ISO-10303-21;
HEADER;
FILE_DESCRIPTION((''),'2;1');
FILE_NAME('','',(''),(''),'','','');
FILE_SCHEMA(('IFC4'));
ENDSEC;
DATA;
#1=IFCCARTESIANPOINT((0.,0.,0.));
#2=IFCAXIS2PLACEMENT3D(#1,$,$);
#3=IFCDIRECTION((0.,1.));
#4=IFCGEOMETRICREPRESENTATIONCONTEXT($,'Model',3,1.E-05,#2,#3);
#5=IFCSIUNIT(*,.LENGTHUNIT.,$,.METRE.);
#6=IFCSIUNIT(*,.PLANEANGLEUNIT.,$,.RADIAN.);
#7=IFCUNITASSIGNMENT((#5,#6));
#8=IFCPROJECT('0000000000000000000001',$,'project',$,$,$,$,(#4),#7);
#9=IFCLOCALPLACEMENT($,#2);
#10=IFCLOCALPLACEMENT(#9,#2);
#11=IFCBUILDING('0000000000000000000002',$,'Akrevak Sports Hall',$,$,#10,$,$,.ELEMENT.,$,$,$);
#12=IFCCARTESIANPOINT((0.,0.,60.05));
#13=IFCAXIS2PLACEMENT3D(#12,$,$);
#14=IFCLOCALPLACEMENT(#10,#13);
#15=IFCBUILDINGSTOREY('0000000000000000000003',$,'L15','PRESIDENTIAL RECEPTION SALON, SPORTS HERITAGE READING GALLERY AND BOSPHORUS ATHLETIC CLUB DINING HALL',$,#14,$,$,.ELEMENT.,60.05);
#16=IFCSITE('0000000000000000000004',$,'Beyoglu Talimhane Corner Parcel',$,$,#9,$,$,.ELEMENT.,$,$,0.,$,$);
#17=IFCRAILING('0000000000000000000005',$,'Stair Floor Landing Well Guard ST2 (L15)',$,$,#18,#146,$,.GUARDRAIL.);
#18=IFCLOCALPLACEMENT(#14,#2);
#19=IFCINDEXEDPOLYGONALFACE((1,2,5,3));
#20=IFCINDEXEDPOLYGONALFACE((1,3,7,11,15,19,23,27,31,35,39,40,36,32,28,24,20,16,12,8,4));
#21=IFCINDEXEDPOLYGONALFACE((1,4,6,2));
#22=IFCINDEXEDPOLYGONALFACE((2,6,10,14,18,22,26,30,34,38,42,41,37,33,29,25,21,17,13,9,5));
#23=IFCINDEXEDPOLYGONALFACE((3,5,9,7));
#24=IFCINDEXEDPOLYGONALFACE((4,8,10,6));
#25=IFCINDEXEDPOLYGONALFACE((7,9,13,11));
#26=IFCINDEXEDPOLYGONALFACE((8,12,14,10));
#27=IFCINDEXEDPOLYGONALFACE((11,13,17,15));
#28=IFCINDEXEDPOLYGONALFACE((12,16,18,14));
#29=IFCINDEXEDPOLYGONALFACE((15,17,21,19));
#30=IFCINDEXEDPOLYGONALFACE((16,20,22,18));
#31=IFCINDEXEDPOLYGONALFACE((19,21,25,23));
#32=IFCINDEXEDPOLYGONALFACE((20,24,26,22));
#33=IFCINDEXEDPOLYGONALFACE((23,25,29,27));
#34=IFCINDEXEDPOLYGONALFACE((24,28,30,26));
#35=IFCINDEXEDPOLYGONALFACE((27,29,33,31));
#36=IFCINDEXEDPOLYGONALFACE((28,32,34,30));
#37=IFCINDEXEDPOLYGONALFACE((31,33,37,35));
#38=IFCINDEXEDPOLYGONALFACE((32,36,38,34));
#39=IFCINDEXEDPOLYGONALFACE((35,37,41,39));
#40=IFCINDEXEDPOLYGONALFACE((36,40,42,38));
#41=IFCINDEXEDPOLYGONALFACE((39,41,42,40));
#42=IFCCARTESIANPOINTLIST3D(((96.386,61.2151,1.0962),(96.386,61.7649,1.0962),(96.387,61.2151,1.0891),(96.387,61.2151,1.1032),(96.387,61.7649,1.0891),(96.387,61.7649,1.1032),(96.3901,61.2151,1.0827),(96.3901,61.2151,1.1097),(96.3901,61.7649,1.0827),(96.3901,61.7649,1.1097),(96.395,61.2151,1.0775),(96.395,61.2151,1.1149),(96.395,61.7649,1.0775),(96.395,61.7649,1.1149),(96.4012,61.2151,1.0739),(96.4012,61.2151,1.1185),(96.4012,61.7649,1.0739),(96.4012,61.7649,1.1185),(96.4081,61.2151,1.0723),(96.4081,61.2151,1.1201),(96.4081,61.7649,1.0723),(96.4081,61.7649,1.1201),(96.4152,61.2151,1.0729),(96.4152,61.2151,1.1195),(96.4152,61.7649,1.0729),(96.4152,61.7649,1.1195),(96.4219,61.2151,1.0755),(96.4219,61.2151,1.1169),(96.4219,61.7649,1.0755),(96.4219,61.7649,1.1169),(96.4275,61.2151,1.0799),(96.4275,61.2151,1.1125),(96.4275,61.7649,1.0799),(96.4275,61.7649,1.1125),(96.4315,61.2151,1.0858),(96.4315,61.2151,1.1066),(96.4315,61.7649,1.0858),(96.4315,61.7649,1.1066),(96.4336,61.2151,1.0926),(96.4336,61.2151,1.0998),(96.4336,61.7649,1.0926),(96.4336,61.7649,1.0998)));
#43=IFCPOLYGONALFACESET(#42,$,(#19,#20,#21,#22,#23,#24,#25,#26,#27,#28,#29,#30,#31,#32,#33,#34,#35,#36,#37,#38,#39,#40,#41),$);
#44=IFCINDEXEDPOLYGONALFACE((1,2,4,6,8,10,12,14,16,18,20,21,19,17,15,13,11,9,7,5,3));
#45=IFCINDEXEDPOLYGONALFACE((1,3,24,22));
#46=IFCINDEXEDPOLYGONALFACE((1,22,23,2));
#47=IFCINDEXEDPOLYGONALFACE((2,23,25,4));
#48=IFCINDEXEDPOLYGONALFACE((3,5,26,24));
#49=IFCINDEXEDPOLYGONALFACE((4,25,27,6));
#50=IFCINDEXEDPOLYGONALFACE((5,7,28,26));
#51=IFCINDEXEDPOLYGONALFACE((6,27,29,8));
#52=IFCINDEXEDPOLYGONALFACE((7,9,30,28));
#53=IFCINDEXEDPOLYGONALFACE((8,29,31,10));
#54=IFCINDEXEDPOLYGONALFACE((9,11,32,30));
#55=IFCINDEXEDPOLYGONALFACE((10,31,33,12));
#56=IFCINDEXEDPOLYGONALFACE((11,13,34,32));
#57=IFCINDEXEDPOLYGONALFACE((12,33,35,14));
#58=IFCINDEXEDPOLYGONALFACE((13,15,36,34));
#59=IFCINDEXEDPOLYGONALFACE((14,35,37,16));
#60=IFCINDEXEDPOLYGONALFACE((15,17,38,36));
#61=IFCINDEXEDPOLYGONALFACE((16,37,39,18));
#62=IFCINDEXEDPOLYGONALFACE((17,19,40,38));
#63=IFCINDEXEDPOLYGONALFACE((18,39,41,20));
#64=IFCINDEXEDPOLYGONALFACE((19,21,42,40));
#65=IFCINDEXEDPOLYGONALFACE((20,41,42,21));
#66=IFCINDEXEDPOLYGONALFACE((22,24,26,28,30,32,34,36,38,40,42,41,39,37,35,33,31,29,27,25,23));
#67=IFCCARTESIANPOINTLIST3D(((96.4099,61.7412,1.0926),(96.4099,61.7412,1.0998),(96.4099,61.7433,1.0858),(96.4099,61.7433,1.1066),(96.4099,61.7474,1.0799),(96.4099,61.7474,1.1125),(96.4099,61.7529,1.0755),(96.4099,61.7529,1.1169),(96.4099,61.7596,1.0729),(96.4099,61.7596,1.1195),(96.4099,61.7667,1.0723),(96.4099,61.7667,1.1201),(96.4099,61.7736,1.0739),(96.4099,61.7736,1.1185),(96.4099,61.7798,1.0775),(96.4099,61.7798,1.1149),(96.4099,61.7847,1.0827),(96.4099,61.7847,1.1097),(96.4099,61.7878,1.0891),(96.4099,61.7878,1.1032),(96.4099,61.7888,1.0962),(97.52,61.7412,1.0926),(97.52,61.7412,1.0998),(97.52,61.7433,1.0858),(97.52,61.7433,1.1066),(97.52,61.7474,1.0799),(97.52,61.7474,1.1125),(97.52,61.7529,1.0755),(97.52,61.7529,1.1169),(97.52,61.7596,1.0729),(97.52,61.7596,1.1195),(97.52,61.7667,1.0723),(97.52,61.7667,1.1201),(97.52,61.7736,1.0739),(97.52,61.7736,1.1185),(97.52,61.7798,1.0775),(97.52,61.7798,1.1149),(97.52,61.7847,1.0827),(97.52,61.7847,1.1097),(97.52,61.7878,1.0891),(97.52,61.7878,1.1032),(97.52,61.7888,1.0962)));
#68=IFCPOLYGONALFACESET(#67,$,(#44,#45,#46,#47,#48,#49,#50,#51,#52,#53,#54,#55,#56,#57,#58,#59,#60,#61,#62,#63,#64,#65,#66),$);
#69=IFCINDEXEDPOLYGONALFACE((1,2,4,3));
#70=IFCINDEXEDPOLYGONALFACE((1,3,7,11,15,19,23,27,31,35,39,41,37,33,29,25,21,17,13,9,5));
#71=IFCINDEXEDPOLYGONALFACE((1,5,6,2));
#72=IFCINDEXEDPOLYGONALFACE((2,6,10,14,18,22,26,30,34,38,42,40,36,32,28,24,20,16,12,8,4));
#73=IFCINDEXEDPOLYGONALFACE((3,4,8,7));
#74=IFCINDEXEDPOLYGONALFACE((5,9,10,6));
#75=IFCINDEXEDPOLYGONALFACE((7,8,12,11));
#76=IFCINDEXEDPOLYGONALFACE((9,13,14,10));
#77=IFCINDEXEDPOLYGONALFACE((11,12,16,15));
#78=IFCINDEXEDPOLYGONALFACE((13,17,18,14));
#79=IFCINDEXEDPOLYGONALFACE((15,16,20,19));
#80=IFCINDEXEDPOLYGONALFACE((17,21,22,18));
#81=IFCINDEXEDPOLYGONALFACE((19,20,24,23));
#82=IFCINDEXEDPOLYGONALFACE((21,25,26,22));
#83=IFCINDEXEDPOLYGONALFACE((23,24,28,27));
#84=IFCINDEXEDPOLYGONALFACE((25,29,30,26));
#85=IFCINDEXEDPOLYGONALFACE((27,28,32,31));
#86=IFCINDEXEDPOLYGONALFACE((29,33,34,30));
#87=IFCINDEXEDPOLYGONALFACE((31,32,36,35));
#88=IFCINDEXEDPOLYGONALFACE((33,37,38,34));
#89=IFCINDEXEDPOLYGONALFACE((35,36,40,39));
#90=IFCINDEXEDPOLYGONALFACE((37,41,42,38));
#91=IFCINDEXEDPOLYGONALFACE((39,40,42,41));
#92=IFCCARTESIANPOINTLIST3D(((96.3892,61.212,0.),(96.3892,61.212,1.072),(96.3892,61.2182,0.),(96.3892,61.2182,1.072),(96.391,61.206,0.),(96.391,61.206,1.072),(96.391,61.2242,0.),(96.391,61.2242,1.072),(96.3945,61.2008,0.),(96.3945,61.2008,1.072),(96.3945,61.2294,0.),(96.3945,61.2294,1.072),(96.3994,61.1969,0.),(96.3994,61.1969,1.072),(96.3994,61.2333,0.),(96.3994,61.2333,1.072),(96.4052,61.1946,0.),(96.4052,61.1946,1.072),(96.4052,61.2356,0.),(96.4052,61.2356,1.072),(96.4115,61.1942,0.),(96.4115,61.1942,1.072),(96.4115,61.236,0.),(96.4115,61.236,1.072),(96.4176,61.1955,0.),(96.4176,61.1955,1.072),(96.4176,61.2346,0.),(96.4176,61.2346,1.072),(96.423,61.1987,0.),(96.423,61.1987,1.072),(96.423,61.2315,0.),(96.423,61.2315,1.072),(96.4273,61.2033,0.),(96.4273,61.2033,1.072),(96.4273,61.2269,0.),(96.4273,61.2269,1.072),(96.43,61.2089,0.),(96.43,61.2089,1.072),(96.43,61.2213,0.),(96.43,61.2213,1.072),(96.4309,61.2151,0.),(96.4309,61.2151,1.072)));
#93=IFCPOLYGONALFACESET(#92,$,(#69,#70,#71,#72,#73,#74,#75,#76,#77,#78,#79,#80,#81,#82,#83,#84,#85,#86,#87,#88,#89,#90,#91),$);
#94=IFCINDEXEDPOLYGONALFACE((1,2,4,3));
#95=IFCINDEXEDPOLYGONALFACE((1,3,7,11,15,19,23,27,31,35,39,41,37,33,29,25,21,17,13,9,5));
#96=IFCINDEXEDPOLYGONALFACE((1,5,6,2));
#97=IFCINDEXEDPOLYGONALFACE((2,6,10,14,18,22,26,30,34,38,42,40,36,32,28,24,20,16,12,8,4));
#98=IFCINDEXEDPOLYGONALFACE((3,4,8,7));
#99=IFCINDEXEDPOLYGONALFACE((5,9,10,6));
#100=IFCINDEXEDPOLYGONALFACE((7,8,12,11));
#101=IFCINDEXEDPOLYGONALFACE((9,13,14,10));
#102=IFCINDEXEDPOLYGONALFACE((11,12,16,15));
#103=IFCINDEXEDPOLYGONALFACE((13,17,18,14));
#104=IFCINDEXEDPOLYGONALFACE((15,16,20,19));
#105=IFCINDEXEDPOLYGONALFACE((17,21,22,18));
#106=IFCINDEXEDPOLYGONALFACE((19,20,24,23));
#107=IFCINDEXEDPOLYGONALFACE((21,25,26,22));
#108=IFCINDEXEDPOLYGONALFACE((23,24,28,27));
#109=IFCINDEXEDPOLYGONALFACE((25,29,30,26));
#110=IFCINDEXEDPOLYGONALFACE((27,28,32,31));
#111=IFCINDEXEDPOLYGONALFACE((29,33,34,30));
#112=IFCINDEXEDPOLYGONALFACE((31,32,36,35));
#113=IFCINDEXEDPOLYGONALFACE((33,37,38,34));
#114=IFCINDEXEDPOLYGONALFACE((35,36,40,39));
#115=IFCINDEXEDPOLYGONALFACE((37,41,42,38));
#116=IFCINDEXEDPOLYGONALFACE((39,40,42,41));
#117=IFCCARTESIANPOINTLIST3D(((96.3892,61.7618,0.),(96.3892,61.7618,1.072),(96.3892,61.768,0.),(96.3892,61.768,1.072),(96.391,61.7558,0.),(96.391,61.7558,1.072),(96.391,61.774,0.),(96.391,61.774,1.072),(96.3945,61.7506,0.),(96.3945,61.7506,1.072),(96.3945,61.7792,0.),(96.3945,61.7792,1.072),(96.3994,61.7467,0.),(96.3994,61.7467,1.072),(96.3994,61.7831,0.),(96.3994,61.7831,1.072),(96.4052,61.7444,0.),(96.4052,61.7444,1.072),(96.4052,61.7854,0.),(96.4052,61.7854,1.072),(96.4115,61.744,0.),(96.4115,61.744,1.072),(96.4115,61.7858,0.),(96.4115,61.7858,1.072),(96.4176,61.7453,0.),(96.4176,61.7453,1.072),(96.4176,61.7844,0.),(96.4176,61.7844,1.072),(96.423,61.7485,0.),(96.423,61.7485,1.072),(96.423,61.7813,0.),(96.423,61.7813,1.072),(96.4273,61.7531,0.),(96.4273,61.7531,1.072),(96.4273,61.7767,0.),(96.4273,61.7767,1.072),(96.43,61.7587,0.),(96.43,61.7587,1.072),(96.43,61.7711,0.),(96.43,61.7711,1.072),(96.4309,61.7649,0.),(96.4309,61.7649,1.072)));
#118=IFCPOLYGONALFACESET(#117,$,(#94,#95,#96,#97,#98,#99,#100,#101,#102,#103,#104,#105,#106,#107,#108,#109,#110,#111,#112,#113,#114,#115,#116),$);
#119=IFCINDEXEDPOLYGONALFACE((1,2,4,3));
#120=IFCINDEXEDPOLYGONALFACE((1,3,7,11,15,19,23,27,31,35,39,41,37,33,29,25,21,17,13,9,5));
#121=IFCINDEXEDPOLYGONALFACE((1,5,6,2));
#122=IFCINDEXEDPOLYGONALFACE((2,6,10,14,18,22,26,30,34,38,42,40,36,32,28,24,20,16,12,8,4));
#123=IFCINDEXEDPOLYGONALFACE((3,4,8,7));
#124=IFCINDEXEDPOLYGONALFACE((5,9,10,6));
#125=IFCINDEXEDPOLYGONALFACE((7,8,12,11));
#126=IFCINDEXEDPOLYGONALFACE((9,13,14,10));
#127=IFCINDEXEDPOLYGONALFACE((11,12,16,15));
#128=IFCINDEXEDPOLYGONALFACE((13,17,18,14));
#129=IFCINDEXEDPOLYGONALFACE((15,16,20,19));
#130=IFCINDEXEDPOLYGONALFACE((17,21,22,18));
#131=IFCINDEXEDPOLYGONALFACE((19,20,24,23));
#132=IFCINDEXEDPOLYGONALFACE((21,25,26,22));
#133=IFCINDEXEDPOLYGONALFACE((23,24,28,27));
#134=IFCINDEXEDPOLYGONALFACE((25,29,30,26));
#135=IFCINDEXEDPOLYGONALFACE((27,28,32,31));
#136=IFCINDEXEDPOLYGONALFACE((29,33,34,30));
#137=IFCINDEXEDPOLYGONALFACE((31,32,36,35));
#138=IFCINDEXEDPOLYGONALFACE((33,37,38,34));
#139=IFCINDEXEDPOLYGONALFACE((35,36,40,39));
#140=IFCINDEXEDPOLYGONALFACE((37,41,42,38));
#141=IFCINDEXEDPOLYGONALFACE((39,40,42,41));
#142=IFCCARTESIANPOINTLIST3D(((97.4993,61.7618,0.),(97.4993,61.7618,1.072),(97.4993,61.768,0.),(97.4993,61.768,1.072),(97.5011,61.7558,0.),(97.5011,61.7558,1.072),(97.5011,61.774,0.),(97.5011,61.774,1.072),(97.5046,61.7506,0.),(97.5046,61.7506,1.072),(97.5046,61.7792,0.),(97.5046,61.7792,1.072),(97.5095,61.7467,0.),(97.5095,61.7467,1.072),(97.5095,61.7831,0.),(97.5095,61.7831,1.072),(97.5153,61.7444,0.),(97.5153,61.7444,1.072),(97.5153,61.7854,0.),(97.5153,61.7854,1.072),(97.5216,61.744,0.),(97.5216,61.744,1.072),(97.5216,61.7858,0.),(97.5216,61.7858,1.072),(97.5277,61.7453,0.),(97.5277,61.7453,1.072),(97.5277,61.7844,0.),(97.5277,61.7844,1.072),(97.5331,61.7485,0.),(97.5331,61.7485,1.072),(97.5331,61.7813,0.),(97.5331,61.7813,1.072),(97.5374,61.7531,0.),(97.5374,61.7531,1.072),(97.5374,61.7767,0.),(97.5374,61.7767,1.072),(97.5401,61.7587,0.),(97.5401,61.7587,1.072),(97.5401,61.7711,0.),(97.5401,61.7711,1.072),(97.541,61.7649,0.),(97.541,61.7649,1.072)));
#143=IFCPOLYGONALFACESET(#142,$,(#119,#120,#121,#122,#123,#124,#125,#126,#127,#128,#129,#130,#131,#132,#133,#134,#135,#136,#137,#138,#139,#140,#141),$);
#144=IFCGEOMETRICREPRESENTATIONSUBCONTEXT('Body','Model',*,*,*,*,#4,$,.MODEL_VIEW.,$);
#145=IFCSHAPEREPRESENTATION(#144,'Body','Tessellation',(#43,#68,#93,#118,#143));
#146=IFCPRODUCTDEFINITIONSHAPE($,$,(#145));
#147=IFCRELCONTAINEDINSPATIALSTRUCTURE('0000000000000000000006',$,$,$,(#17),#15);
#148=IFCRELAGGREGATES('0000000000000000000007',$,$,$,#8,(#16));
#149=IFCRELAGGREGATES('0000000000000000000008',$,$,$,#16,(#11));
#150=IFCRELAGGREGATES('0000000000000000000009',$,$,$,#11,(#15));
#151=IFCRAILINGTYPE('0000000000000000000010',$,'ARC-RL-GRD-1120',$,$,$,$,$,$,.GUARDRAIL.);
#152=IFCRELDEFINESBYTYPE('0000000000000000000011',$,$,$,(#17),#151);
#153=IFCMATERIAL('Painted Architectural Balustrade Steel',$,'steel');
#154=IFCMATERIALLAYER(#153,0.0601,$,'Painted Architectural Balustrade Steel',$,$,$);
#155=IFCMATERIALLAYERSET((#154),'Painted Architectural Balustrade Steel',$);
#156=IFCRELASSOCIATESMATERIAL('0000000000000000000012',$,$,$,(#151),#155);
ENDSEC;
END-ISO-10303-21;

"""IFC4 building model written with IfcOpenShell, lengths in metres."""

from ifc_helpers import new_model, si_unit, direction, frame, origin, origin_2d, place, context, subcontext, project, spatial, circle, extrude, material, layer, layer_set, type_object, element, save


model = new_model("IFC4")

# Units and contexts
model_context = context("Model", 3, precision=1e-05, world=origin(), true_north=direction((0.0, 1.0)))
body_context = subcontext(model_context, "Body", "Model", "MODEL_VIEW")
ifc_project = project(units=[si_unit("LENGTHUNIT", "METRE"), si_unit("PLANEANGLEUNIT", "RADIAN")], contexts=[model_context])

# Site, building, storey
site_placement = place(None, origin())
site = spatial("IfcSite", under=ifc_project, at=site_placement, Name="Beyoglu Talimhane Corner Parcel", CompositionType="ELEMENT", RefElevation=0.0)
building_placement = place(site_placement, origin())
building = spatial("IfcBuilding", under=site, at=building_placement, Name="Akrevak Sports Hall", CompositionType="ELEMENT")
storey_placement = place(building_placement, frame((0.0, 0.0, 60.05)))
storey = spatial("IfcBuildingStorey", under=building, at=storey_placement, Name="L15", Description="PRESIDENTIAL RECEPTION SALON, SPORTS HERITAGE READING GALLERY AND BOSPHORUS ATHLETIC CLUB DINING HALL", CompositionType="ELEMENT", Elevation=60.05)

# Railing
ifc_material_1 = material(Name="Painted Architectural Balustrade Steel", Category="steel")
ifc_layer_1 = layer(ifc_material_1, 0.0601, Name="Painted Architectural Balustrade Steel")
ifc_layer_set_1 = layer_set([ifc_layer_1], Name="Painted Architectural Balustrade Steel")
railing_type_1 = type_object("IfcRailingType", Name="ARC-RL-GRD-1120", PredefinedType="GUARDRAIL", material=ifc_layer_set_1)
railing_1_placement = place(storey_placement, frame((96.4099, 61.2151, 0.0)))
element("IfcRailing", 1, at=railing_1_placement, inside=storey, type_object=railing_type_1, Name="Stair Floor Landing Well Guard ST2 (L15)", PredefinedType="GUARDRAIL", context=body_context, shape_type="SweptSolid", body=[
    extrude(circle(Radius=0.0239, at=origin_2d()), frame((0.0, 0.0, 1.0962), z_axis=(0.0, 1.0, 0.0), x_axis=(-1.0, 0.0, 0.0)), (0.0, 0.0, 1.0), 0.5498),
    extrude(circle(Radius=0.0239, at=origin_2d()), frame((0.0, 0.5498, 1.0962), z_axis=(1.0, 0.0, 0.0), x_axis=(0.0, 1.0, 0.0)), (0.0, 0.0, 1.0), 1.1101),
    extrude(circle(Radius=0.021, at=origin_2d()), origin(), (0.0, 0.0, 1.0), 1.072),
    extrude(circle(Radius=0.021, at=origin_2d()), frame((0.0, 0.5498, 0.0)), (0.0, 0.0, 1.0), 1.072),
    extrude(circle(Radius=0.021, at=origin_2d()), frame((1.1101, 0.5498, 0.0)), (0.0, 0.0, 1.0), 1.072),
])

save(model, "model.ifc")
